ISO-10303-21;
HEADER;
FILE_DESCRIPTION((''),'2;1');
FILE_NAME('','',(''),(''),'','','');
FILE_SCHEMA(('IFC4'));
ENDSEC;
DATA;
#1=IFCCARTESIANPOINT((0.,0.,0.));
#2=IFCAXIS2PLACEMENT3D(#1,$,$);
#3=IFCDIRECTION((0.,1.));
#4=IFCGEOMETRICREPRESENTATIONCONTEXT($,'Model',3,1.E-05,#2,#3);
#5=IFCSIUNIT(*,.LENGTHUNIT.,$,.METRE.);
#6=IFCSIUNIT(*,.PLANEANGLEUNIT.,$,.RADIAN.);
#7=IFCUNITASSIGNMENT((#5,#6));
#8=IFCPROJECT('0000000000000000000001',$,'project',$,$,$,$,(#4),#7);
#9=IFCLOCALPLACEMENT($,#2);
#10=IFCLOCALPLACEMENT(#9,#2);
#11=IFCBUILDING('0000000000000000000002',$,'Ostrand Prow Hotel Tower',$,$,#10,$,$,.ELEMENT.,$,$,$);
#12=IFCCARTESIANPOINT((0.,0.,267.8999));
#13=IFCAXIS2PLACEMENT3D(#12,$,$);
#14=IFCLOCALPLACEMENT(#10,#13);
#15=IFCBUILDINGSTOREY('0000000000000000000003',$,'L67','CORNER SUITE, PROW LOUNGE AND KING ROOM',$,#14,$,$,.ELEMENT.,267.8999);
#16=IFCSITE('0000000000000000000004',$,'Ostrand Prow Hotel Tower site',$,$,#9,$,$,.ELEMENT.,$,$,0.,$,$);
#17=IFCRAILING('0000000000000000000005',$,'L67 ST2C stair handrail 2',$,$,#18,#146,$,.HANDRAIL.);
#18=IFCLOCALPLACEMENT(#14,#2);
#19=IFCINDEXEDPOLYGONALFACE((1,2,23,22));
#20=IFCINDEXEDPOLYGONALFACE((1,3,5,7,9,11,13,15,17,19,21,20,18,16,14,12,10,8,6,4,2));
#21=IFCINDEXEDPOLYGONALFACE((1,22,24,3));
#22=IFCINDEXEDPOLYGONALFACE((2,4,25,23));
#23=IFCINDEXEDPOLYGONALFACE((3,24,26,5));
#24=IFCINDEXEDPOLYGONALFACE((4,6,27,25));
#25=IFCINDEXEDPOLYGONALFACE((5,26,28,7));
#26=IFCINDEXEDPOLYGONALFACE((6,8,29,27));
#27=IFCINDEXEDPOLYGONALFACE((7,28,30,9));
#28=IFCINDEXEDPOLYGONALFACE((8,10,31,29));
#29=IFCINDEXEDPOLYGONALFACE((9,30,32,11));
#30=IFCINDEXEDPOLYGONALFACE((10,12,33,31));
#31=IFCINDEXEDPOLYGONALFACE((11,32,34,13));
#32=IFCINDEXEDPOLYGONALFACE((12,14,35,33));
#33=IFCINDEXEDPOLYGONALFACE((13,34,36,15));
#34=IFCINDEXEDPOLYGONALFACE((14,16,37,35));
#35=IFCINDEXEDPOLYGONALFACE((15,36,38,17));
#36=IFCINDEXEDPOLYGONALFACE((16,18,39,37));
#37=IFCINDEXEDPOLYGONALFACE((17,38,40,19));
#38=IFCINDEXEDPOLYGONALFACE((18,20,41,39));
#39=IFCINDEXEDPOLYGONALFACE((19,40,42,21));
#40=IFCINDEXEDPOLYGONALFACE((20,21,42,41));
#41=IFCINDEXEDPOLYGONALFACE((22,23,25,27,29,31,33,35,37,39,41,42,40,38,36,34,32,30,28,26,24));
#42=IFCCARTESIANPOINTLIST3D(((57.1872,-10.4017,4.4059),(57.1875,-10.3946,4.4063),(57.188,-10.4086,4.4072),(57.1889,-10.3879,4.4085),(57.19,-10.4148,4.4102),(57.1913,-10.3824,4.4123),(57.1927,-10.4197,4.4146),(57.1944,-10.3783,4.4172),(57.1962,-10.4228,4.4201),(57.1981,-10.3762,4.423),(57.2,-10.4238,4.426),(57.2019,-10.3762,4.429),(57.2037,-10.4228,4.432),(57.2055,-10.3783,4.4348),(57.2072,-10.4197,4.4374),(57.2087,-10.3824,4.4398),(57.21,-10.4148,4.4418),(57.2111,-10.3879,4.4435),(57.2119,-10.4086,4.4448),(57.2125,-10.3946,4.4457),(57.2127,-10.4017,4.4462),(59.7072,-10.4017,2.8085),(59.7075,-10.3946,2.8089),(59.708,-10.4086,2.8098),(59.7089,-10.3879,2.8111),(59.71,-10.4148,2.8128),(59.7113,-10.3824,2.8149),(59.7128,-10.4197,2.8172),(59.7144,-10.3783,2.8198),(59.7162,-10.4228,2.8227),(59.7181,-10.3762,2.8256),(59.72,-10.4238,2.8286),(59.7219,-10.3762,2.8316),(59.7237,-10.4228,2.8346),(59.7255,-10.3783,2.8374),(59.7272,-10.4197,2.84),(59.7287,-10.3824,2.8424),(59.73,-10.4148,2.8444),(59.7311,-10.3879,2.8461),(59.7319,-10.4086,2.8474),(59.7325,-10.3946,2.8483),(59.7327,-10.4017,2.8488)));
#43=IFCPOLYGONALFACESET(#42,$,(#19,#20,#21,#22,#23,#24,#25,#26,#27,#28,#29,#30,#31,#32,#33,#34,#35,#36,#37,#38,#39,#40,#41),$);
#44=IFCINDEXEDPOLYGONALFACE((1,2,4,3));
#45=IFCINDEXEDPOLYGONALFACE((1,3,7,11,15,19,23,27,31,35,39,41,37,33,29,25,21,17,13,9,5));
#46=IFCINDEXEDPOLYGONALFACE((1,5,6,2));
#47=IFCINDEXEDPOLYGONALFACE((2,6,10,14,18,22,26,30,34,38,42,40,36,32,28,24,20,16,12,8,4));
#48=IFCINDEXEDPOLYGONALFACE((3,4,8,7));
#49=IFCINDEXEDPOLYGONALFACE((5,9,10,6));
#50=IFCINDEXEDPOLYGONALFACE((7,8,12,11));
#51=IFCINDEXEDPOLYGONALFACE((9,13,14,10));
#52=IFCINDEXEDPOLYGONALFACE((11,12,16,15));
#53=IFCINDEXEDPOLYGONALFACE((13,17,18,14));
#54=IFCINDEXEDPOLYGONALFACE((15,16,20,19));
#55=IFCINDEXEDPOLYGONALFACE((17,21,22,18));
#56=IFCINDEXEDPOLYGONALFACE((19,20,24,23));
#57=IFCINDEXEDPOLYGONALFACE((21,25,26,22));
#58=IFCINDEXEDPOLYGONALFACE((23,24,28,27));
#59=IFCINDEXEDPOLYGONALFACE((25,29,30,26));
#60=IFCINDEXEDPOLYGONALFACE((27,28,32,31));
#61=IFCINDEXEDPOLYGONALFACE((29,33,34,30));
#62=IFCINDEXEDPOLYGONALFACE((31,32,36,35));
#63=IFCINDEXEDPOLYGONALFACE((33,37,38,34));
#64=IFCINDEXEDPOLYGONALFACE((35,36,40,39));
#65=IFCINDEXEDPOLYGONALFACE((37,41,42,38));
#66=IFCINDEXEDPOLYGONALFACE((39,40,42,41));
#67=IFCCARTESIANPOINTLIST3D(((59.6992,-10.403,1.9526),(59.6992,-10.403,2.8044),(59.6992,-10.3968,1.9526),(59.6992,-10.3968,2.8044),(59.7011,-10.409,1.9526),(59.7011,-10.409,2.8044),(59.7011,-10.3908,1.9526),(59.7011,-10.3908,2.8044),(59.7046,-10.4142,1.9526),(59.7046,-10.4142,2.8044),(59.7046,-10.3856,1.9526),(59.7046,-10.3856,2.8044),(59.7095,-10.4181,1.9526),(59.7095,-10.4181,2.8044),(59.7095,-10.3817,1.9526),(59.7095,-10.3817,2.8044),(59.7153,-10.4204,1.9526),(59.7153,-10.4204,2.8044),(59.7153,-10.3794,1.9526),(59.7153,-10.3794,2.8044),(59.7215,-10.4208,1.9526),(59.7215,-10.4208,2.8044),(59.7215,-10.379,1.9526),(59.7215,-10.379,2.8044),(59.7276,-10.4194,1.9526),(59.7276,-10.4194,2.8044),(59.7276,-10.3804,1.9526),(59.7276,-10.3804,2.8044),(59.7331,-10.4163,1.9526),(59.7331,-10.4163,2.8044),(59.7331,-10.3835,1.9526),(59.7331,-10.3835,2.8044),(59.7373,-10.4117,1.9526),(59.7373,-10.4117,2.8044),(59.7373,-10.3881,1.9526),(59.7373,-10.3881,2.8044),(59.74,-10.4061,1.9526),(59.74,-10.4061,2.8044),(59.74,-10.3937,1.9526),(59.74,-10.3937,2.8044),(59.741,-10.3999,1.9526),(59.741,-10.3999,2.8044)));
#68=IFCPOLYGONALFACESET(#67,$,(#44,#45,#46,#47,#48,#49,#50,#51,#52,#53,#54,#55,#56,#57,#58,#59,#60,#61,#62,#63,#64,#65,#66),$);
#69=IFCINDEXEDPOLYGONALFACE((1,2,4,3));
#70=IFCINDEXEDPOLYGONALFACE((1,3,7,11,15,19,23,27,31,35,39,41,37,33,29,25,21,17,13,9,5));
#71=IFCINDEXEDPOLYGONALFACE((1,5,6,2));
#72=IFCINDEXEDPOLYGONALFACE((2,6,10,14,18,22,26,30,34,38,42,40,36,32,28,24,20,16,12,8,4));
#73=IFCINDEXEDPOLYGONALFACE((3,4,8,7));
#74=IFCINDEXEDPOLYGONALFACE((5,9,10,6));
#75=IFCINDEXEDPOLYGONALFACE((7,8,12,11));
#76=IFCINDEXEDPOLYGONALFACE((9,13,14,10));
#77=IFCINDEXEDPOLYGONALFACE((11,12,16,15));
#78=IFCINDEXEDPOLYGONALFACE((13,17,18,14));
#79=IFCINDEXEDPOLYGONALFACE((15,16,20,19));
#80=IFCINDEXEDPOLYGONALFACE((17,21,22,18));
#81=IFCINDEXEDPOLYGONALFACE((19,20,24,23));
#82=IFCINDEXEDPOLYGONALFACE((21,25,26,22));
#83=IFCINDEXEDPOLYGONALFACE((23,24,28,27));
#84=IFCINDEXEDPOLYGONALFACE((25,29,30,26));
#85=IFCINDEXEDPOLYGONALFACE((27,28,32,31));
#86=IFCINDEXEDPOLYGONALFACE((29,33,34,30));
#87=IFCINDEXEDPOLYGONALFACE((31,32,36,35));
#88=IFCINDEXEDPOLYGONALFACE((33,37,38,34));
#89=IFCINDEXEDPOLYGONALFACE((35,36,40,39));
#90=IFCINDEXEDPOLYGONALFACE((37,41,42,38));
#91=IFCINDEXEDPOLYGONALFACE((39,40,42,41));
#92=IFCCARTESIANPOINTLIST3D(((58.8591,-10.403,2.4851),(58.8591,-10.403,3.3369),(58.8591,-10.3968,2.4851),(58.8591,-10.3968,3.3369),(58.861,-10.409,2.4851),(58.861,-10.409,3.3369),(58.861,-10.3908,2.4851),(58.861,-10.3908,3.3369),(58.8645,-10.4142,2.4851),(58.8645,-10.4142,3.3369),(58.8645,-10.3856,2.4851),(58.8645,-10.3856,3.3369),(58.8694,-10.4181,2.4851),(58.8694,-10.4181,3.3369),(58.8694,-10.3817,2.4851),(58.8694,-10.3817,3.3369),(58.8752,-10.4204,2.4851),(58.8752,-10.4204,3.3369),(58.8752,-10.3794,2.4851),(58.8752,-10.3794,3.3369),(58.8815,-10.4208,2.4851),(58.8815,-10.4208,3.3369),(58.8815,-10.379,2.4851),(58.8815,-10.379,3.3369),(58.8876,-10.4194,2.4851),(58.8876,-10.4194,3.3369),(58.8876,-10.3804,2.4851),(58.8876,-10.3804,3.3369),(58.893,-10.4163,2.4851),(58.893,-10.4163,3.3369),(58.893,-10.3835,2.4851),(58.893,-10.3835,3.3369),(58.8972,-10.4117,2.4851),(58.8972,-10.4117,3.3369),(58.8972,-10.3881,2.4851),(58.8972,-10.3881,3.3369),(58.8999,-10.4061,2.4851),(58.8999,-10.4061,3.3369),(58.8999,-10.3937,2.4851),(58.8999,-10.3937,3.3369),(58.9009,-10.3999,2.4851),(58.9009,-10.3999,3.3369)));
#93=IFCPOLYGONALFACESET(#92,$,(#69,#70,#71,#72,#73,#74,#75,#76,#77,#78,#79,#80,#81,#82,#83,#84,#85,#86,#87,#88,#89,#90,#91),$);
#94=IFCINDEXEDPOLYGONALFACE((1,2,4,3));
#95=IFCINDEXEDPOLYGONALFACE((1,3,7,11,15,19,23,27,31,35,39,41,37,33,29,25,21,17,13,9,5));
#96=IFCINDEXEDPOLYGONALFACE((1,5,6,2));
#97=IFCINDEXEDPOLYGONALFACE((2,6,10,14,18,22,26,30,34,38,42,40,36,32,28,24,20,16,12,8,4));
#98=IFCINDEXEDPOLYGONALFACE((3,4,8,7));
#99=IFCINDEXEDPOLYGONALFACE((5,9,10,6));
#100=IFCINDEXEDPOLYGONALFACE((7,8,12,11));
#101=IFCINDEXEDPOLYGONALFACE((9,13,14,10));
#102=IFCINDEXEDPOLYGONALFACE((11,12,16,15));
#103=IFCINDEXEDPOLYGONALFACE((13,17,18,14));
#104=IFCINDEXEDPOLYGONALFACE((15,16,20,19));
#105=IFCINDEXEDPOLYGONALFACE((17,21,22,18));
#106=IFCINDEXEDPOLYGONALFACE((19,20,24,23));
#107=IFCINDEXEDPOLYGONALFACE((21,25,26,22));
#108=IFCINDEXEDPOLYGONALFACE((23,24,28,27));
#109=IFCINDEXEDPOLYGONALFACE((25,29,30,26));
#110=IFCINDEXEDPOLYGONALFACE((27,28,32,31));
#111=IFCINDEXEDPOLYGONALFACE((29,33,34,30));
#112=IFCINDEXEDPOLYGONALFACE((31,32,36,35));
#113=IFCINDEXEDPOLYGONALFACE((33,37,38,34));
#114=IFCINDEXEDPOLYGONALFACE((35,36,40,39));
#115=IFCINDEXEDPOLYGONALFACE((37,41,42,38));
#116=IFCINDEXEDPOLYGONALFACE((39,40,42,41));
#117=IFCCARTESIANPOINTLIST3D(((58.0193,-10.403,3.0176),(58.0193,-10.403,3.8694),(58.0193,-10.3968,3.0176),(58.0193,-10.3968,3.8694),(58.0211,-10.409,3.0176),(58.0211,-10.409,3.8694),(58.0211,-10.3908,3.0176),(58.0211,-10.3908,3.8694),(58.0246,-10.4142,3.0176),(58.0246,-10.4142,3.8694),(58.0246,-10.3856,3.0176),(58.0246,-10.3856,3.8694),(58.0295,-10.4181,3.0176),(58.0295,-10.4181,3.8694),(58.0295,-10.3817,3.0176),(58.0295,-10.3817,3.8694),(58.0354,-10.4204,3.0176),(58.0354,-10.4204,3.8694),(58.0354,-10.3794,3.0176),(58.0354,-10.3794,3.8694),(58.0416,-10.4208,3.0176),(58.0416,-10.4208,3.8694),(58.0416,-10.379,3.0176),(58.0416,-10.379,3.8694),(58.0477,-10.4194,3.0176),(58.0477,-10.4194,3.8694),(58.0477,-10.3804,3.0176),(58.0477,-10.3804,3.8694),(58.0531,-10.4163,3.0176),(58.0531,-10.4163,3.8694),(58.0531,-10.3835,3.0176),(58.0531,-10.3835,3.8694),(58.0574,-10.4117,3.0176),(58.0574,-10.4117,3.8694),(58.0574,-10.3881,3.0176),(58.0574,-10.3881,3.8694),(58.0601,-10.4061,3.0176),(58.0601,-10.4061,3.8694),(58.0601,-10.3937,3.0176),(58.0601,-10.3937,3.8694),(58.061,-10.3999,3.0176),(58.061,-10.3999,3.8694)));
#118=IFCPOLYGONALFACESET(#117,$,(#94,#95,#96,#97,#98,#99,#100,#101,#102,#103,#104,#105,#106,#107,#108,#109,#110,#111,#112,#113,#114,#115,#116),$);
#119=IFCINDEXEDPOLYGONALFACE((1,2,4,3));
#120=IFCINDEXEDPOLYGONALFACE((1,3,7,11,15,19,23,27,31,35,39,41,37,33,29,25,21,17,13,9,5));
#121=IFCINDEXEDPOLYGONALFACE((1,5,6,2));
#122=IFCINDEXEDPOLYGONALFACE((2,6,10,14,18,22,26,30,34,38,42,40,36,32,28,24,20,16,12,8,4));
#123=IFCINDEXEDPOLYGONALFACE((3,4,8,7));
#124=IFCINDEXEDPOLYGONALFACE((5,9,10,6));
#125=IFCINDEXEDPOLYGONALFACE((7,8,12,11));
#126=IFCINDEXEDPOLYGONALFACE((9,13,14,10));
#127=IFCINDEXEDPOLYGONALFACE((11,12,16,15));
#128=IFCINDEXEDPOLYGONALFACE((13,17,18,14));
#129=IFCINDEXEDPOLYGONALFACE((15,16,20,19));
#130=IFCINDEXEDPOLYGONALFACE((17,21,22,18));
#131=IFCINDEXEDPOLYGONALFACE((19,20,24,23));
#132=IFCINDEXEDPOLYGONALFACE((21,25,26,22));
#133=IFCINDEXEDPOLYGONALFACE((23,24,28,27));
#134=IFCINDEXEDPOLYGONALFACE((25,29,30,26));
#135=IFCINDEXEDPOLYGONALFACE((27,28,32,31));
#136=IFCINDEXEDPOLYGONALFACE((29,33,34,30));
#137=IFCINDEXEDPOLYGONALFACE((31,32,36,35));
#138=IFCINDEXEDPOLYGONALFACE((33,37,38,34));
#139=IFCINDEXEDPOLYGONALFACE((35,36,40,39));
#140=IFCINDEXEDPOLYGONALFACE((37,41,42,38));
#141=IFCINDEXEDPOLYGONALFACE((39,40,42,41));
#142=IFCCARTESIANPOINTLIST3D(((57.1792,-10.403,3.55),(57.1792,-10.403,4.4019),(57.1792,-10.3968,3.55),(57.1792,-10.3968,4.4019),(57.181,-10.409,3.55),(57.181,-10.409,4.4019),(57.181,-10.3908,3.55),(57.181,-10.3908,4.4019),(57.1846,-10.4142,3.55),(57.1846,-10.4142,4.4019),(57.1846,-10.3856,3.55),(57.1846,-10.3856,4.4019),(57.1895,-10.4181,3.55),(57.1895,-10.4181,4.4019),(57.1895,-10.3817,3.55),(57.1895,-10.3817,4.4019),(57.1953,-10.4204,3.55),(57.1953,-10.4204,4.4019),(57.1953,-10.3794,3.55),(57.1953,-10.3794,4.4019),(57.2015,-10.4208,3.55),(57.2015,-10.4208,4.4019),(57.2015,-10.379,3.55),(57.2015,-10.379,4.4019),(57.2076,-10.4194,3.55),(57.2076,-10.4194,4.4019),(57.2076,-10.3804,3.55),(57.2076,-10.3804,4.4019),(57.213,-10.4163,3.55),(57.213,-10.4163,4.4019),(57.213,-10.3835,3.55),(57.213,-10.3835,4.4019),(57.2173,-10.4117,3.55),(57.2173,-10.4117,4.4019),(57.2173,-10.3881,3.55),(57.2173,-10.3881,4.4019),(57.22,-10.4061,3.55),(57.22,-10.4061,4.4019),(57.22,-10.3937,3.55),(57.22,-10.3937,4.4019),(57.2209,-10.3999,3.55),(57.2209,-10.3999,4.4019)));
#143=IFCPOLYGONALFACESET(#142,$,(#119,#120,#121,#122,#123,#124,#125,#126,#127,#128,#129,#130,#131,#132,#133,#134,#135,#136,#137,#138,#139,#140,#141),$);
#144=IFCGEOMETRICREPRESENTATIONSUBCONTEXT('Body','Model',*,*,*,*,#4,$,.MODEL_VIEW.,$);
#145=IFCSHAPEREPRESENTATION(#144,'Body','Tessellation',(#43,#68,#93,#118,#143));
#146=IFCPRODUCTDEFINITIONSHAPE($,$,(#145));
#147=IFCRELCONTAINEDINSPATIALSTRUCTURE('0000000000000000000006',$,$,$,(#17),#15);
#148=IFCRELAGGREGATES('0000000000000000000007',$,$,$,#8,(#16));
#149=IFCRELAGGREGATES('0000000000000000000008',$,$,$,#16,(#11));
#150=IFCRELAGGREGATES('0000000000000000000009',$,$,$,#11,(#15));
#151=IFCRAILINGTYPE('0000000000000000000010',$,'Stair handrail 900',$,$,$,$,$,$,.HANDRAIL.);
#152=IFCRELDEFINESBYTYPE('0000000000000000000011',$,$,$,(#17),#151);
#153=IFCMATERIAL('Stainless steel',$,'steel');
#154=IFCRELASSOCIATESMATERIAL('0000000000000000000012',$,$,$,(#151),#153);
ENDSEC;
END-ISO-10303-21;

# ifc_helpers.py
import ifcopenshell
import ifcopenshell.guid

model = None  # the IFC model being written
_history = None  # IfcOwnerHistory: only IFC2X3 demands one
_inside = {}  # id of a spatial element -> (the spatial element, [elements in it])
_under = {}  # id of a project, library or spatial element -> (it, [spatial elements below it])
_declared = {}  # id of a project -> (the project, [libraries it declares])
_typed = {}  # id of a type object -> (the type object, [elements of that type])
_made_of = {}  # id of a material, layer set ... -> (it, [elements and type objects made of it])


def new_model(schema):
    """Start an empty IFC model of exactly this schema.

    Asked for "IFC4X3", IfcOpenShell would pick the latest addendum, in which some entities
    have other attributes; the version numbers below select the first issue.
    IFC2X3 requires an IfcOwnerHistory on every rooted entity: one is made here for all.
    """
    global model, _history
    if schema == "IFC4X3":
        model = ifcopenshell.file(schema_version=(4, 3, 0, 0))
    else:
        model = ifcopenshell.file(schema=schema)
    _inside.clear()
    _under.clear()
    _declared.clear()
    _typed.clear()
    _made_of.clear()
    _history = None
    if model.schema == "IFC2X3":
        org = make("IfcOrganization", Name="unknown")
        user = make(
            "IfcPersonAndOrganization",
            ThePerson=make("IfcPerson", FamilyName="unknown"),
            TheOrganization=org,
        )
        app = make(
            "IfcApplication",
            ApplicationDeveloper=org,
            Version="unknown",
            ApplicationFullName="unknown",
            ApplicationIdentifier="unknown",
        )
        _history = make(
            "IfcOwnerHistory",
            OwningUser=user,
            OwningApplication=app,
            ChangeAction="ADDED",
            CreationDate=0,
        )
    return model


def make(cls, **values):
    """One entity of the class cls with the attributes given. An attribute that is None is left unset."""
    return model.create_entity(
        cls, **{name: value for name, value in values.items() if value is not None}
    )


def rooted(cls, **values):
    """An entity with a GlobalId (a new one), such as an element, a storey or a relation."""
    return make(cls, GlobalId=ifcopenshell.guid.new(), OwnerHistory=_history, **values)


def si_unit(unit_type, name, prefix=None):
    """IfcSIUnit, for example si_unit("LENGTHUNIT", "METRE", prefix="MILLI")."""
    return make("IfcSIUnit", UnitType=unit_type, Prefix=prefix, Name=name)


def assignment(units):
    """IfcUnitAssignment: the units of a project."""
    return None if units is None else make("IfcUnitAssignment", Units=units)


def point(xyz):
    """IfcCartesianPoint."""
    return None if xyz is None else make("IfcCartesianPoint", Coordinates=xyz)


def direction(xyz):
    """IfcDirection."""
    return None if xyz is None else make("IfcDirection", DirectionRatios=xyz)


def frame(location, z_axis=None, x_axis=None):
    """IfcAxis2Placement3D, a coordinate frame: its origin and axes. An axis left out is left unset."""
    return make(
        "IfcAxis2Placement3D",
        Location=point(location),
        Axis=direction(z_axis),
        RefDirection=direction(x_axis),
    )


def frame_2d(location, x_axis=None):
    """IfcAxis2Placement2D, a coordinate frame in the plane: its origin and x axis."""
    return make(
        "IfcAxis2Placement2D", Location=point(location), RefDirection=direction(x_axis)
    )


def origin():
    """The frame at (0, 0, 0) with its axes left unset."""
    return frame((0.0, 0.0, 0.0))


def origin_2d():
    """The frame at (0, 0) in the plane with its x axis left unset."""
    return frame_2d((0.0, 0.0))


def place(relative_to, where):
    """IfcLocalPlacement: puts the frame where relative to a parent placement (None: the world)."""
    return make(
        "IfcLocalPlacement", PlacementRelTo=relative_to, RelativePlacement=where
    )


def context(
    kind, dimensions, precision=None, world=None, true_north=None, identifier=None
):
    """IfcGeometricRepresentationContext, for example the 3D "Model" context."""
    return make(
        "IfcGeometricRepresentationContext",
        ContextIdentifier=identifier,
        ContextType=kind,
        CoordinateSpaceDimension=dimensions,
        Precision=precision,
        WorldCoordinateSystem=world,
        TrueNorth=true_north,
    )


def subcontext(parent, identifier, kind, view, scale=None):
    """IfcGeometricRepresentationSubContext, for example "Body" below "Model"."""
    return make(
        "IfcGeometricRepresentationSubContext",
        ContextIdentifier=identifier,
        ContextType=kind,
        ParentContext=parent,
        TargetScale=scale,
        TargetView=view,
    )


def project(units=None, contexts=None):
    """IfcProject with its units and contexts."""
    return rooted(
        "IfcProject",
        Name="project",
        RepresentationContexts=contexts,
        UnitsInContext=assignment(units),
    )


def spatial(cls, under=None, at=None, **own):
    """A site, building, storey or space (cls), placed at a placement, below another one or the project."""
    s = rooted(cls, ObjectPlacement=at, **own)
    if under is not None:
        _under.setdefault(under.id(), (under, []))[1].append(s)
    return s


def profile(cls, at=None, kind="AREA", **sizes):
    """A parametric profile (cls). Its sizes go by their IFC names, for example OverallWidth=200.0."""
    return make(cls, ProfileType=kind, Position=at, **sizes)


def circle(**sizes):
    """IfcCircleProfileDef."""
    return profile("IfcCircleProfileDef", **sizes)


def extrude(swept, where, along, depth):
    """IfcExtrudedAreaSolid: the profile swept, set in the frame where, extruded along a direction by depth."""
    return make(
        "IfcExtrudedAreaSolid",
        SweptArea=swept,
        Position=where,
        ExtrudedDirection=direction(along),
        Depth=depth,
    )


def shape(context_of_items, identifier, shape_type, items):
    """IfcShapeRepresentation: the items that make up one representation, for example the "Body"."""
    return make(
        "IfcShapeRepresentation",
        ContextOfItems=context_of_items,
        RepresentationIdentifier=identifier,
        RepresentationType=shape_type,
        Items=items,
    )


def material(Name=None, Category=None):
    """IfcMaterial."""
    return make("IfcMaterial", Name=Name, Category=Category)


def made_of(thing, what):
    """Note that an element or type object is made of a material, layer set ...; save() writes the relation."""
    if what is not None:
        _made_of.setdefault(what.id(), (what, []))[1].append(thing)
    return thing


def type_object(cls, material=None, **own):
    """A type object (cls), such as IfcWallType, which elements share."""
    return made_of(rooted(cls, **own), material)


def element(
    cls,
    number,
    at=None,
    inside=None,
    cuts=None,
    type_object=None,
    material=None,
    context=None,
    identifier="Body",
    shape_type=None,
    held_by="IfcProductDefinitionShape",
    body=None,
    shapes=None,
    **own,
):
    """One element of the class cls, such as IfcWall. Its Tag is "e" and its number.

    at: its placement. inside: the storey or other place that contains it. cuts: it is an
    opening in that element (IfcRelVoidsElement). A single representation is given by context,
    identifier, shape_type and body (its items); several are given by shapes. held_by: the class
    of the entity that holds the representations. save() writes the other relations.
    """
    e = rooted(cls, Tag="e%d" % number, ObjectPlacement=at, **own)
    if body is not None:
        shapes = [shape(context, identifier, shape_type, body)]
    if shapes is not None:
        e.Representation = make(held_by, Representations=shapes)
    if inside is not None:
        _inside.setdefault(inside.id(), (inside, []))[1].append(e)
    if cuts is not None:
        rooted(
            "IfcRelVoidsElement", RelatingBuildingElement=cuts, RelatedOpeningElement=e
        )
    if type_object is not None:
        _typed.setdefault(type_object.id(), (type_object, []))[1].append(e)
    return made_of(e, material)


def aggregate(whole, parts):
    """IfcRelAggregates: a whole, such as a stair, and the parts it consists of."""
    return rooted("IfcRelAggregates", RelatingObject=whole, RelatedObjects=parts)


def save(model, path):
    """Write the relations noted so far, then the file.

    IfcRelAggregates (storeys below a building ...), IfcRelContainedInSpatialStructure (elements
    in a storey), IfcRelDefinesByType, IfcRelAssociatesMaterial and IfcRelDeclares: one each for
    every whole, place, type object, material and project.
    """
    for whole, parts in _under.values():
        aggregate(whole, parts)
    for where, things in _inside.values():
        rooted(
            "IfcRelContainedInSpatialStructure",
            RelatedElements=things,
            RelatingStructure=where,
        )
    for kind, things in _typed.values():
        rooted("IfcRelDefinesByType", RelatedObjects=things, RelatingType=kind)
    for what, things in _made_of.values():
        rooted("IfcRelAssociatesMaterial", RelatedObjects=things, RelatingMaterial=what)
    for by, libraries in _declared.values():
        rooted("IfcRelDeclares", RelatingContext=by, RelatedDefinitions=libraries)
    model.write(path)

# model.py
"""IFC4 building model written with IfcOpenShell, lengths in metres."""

from ifc_helpers import new_model, si_unit, direction, frame, origin, origin_2d, place, context, subcontext, project, spatial, circle, extrude, material, type_object, element, save


model = new_model("IFC4")

# Units and contexts
model_context = context("Model", 3, precision=1e-05, world=origin(), true_north=direction((0.0, 1.0)))
body_context = subcontext(model_context, "Body", "Model", "MODEL_VIEW")
ifc_project = project(units=[si_unit("LENGTHUNIT", "METRE"), si_unit("PLANEANGLEUNIT", "RADIAN")], contexts=[model_context])

# Site, building, storey
site_placement = place(None, origin())
site = spatial("IfcSite", under=ifc_project, at=site_placement, Name="Ostrand Prow Hotel Tower site", CompositionType="ELEMENT", RefElevation=0.0)
building_placement = place(site_placement, origin())
building = spatial("IfcBuilding", under=site, at=building_placement, Name="Ostrand Prow Hotel Tower", CompositionType="ELEMENT")
storey_placement = place(building_placement, frame((0.0, 0.0, 267.8999)))
storey = spatial("IfcBuildingStorey", under=building, at=storey_placement, Name="L67", Description="CORNER SUITE, PROW LOUNGE AND KING ROOM", CompositionType="ELEMENT", Elevation=267.8999)

# Railing
ifc_material_1 = material(Name="Stainless steel", Category="steel")
railing_type_1 = type_object("IfcRailingType", Name="Stair handrail 900", PredefinedType="HANDRAIL", material=ifc_material_1)
railing_1_placement = place(storey_placement, frame((59.72, -10.3999, 1.9526)))
element("IfcRailing", 1, at=railing_1_placement, inside=storey, type_object=railing_type_1, Name="L67 ST2C stair handrail 2", PredefinedType="HANDRAIL", context=body_context, shape_type="SweptSolid", body=[
    extrude(circle(Radius=0.0239, at=origin_2d()), frame((0.0, 0.0, 0.876), z_axis=(-0.844607, 0.0, 0.535387), x_axis=(0.0, -1.0, 0.0)), (0.0, 0.0, 1.0), 2.9836),
    extrude(circle(Radius=0.021, at=origin_2d()), origin(), (0.0, 0.0, 1.0), 0.8518),
    extrude(circle(Radius=0.021, at=origin_2d()), frame((-0.8401, 0.0, 0.5325)), (0.0, 0.0, 1.0), 0.8518),
    extrude(circle(Radius=0.021, at=origin_2d()), frame((-1.6799, 0.0, 1.0649)), (0.0, 0.0, 1.0), 0.8518),
    extrude(circle(Radius=0.021, at=origin_2d()), frame((-2.52, 0.0, 1.5974)), (0.0, 0.0, 1.0), 0.8518),
])

save(model, "model.ifc")
